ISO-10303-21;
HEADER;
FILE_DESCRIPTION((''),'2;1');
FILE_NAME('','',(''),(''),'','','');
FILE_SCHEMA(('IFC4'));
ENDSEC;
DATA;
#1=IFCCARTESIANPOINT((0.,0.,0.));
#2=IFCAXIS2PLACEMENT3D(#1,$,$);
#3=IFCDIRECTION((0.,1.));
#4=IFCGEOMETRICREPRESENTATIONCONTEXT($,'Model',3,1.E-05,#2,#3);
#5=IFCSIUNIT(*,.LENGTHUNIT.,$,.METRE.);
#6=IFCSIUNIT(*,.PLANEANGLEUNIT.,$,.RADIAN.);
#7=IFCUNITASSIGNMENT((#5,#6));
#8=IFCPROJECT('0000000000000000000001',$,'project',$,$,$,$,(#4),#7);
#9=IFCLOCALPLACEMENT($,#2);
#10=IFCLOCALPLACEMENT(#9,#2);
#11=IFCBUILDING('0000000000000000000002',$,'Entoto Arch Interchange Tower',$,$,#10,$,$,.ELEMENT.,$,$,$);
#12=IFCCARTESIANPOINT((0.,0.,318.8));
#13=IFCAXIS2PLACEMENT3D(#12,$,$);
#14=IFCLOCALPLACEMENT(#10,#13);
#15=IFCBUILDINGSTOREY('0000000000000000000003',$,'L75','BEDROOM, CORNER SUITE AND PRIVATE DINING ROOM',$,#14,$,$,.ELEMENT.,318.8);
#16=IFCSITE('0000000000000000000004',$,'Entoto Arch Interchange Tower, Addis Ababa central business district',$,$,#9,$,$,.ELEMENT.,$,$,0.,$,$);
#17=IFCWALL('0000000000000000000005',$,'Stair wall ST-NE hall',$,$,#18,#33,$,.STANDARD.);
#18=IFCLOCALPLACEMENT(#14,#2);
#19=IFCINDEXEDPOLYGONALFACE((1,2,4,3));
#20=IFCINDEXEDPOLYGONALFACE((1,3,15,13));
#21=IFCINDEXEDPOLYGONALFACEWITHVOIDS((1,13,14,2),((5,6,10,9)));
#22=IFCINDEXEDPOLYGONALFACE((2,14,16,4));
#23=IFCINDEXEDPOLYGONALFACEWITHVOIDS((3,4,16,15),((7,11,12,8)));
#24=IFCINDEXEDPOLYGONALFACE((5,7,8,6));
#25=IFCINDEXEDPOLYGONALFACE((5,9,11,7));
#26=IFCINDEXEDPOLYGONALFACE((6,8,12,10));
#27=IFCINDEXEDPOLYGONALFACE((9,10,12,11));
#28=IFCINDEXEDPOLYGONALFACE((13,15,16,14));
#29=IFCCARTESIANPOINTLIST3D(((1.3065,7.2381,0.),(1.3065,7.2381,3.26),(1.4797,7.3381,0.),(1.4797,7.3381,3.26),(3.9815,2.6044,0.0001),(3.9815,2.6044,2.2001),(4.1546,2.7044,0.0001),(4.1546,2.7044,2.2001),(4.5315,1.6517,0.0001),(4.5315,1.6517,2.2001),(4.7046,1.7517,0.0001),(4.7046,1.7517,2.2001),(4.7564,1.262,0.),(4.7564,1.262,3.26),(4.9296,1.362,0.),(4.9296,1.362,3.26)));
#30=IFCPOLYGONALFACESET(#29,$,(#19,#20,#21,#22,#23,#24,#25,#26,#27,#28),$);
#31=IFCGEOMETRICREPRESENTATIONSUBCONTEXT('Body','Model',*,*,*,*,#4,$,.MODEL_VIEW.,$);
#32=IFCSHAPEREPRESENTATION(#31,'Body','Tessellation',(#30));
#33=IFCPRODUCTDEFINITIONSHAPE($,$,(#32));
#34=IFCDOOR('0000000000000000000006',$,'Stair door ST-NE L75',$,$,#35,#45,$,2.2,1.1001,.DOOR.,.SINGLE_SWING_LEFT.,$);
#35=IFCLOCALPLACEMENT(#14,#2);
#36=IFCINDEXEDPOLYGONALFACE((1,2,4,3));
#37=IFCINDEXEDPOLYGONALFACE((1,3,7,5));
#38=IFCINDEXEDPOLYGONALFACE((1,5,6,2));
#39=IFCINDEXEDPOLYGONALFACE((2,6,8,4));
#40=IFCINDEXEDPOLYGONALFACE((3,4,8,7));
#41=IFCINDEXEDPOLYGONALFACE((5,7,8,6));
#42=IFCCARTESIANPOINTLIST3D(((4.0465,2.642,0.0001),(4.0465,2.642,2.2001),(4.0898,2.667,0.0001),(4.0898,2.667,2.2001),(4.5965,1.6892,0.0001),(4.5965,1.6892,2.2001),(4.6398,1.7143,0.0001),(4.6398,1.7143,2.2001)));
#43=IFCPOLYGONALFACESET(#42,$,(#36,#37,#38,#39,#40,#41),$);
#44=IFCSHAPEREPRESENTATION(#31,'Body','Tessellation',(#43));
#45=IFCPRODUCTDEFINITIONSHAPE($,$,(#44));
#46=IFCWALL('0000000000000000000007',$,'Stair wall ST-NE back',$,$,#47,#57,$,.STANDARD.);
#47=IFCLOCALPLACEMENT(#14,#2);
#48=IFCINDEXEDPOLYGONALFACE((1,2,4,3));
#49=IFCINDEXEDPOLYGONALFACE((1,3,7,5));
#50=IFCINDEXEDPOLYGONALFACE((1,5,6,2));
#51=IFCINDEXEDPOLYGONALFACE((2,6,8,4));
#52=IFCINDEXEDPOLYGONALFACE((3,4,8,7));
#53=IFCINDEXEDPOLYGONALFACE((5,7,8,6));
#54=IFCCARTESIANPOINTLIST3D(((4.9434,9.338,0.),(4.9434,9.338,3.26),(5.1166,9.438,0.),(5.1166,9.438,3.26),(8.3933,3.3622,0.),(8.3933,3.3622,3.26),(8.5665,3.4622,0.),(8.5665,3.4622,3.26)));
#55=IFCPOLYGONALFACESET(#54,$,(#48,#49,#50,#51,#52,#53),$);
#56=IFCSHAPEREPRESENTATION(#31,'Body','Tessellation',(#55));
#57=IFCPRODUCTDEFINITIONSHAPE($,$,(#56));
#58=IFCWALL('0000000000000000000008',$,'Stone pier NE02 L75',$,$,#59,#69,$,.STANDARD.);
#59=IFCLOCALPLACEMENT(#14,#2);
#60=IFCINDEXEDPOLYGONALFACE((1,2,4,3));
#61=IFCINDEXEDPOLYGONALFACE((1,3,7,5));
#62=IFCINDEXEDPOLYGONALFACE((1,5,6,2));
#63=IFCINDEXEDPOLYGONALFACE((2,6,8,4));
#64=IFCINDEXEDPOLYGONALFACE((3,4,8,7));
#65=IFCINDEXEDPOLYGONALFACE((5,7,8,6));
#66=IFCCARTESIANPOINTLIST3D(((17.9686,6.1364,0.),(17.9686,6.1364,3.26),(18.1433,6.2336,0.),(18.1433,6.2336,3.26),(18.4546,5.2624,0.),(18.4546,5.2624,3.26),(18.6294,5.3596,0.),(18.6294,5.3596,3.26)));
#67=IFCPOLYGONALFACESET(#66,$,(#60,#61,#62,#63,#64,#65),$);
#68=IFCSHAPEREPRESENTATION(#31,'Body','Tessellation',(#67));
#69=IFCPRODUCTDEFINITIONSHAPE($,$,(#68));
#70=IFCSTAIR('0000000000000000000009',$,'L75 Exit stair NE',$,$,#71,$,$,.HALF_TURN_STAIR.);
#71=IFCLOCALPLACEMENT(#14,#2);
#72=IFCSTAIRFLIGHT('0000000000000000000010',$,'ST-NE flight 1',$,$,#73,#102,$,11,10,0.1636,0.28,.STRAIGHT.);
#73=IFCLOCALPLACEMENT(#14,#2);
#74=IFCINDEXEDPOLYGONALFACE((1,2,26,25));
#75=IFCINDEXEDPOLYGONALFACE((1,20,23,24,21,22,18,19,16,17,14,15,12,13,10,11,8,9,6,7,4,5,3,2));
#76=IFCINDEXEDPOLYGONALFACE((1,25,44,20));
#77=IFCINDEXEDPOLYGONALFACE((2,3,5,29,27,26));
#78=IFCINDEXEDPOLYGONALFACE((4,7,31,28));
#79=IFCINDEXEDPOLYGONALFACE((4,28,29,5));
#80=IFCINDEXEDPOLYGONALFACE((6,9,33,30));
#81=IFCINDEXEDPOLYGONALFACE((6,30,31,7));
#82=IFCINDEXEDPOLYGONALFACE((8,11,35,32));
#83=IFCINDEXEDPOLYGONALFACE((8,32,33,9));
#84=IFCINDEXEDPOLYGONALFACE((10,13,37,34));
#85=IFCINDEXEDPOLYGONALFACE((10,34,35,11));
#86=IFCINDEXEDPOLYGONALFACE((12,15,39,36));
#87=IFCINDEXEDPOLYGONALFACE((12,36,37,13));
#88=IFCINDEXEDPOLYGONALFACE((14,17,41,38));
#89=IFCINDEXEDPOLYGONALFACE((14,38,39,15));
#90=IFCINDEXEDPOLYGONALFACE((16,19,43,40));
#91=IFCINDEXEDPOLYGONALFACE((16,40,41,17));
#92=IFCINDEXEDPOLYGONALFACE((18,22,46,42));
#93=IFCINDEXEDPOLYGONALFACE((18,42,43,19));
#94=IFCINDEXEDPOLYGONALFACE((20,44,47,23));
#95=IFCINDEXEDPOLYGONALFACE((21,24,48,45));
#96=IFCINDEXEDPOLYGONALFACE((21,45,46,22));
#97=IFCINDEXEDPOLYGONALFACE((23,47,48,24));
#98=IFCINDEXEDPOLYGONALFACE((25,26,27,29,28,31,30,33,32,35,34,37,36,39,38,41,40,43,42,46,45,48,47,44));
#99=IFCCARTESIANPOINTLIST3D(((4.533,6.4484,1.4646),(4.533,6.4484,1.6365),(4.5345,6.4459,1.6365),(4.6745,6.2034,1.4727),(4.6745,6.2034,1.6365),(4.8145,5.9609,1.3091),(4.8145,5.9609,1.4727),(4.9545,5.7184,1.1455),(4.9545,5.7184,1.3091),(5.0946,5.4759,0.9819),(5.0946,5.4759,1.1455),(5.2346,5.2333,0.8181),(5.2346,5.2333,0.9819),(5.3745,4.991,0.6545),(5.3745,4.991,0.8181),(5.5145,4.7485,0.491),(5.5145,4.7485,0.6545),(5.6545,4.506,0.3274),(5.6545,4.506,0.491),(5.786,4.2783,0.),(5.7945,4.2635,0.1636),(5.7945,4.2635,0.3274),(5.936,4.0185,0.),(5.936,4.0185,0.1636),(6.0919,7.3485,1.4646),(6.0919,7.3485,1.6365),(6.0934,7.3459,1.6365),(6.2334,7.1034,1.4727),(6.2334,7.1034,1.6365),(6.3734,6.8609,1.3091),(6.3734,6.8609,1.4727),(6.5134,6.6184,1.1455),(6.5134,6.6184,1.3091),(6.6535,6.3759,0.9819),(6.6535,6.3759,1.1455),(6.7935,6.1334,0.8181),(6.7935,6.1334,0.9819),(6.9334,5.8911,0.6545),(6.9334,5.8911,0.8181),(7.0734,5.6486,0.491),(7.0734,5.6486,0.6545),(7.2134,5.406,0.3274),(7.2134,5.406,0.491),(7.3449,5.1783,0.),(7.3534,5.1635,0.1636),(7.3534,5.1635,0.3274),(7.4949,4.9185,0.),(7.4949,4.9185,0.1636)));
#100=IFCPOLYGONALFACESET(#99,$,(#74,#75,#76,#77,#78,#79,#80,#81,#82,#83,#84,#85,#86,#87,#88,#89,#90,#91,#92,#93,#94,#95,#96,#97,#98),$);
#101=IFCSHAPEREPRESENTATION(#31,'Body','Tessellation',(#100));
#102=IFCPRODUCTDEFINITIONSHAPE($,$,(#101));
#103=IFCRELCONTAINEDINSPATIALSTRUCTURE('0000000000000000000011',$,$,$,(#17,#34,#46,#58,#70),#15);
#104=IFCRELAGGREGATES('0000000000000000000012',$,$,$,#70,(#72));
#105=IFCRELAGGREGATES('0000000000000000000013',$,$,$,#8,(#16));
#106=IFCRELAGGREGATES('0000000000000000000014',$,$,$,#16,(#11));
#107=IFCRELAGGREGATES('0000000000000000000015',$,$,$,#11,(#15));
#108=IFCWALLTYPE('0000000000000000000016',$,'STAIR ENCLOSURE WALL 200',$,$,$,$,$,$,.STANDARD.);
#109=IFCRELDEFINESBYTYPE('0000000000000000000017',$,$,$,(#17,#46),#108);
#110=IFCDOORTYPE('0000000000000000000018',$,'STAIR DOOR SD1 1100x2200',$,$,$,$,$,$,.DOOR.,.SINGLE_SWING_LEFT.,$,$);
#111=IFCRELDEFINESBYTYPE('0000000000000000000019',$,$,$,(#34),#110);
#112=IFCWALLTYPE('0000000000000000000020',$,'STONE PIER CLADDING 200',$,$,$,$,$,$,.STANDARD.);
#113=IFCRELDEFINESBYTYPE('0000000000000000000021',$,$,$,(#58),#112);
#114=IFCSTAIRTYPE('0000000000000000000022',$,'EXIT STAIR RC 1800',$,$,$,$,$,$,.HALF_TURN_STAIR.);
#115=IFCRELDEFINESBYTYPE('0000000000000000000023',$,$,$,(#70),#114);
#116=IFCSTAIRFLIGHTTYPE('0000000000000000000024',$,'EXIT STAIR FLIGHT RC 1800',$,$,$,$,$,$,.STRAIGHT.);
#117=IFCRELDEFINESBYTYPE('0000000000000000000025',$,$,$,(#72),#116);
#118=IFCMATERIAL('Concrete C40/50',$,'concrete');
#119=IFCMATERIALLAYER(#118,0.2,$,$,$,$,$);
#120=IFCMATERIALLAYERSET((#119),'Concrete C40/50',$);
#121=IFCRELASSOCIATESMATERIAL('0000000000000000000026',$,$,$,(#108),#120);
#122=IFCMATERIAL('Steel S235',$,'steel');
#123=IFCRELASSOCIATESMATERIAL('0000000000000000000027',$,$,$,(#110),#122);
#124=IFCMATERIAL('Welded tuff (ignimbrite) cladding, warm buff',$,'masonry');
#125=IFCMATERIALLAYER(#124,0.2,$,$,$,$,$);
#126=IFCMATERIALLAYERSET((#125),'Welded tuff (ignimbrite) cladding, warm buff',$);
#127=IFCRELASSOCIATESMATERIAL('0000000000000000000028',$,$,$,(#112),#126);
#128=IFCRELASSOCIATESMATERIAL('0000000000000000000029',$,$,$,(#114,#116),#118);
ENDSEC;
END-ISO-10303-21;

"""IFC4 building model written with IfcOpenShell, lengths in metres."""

from ifc_helpers import new_model, si_unit, direction, frame, frame_2d, origin, place, context, subcontext, project, spatial, polyline, rectangle, outline, extrude, material, layer, layer_set, type_object, element, fill, aggregate, save


model = new_model("IFC4")

# Units and contexts
model_context = context("Model", 3, precision=1e-05, world=origin(), true_north=direction((0.0, 1.0)))
body_context = subcontext(model_context, "Body", "Model", "MODEL_VIEW")
ifc_project = project(units=[si_unit("LENGTHUNIT", "METRE"), si_unit("PLANEANGLEUNIT", "RADIAN")], contexts=[model_context])

# Site, building, storey
site_placement = place(None, origin())
site = spatial("IfcSite", under=ifc_project, at=site_placement, Name="Entoto Arch Interchange Tower, Addis Ababa central business district", CompositionType="ELEMENT", RefElevation=0.0)
building_placement = place(site_placement, origin())
building = spatial("IfcBuilding", under=site, at=building_placement, Name="Entoto Arch Interchange Tower", CompositionType="ELEMENT")
storey_placement = place(building_placement, frame((0.0, 0.0, 318.8)))
storey = spatial("IfcBuildingStorey", under=building, at=storey_placement, Name="L75", Description="BEDROOM, CORNER SUITE AND PRIVATE DINING ROOM", CompositionType="ELEMENT", Elevation=318.8)

# Shared definitions
ifc_material_1 = material(Name="Concrete C40/50", Category="concrete")

# Wall, opening, door
ifc_layer_1 = layer(ifc_material_1, 0.2)
ifc_layer_set_1 = layer_set([ifc_layer_1], Name="Concrete C40/50")
wall_type_1 = type_object("IfcWallType", Name="STAIR ENCLOSURE WALL 200", PredefinedType="STANDARD", material=ifc_layer_set_1)
ifc_material_2 = material(Name="Steel S235", Category="steel")
door_type_1 = type_object("IfcDoorType", Name="STAIR DOOR SD1 1100x2200", OperationType="SINGLE_SWING_LEFT", PredefinedType="DOOR", material=ifc_material_2)
wall_1_placement = place(storey_placement, frame((4.843, 1.312, 0.0), z_axis=(0.0, 0.0, 1.0), x_axis=(-0.499963, 0.866047, 0.0)))
wall_1 = element("IfcWall", 1, at=wall_1_placement, inside=storey, type_object=wall_type_1, Name="Stair wall ST-NE hall", PredefinedType="STANDARD", context=body_context, shape_type="SweptSolid", body=[
    extrude(rectangle(XDim=6.9004, YDim=0.2, at=frame_2d((3.4502, 0.0))), origin(), (0.0, 0.0, 1.0), 3.26),
])
opening_1_placement = place(wall_1_placement, frame((0.45, 0.0, 0.0)))
opening_1 = element("IfcOpeningElement", 2, at=opening_1_placement, cuts=wall_1, PredefinedType="OPENING", context=body_context, shape_type="SweptSolid", body=[
    extrude(rectangle(XDim=1.1001, YDim=2.2, at=frame_2d((0.55, 1.1001))), frame((0.0, 0.1099, 0.0), z_axis=(0.0, -1.0, 0.0), x_axis=(1.0, 0.0, 0.0)), (0.0, 0.0, 1.0), 0.22),
])
door_1_placement = place(opening_1_placement, origin())
door_1 = element("IfcDoor", 3, at=door_1_placement, inside=storey, type_object=door_type_1, Name="Stair door ST-NE L75", OperationType="SINGLE_SWING_LEFT", OverallHeight=2.2, OverallWidth=1.1001, PredefinedType="DOOR", context=body_context, shape_type="SweptSolid", body=[
    extrude(rectangle(XDim=1.1001, YDim=2.2, at=frame_2d((0.55, 1.1001))), frame((0.0, 0.0249, 0.0), z_axis=(0.0, -1.0, 0.0), x_axis=(1.0, 0.0, 0.0)), (0.0, 0.0, 1.0), 0.05),
])
fill(opening_1, door_1)

# Wall
wall_2_placement = place(storey_placement, frame((8.48, 3.4121, 0.0), z_axis=(0.0, 0.0, 1.0), x_axis=(-0.499979, 0.866038, 0.0)))
element("IfcWall", 4, at=wall_2_placement, inside=storey, type_object=wall_type_1, Name="Stair wall ST-NE back", PredefinedType="STANDARD", context=body_context, shape_type="SweptSolid", body=[
    extrude(rectangle(XDim=6.9001, YDim=0.2, at=frame_2d((3.4502, 0.0))), origin(), (0.0, 0.0, 1.0), 3.26),
])

# Shared definitions
ifc_material_3 = material(Name="Welded tuff (ignimbrite) cladding, warm buff", Category="masonry")

# Wall
ifc_layer_2 = layer(ifc_material_3, 0.2)
ifc_layer_set_2 = layer_set([ifc_layer_2], Name="Welded tuff (ignimbrite) cladding, warm buff")
wall_type_2 = type_object("IfcWallType", Name="STONE PIER CLADDING 200", PredefinedType="STANDARD", material=ifc_layer_set_2)
wall_3_placement = place(storey_placement, frame((18.542, 5.311, 0.0), z_axis=(0.0, 0.0, 1.0), x_axis=(-0.486037, 0.873938, 0.0)))
element("IfcWall", 5, at=wall_3_placement, inside=storey, type_object=wall_type_2, Name="Stone pier NE02 L75", PredefinedType="STANDARD", context=body_context, shape_type="SweptSolid", body=[
    extrude(rectangle(XDim=1.0, YDim=0.2, at=frame_2d((0.5, 0.0))), origin(), (0.0, 0.0, 1.0), 3.26),
])

# Stair, stair flight
stair_type = type_object("IfcStairType", Name="EXIT STAIR RC 1800", PredefinedType="HALF_TURN_STAIR", material=ifc_material_1)
stair_placement = place(storey_placement, origin())
stair = element("IfcStair", 6, at=stair_placement, inside=storey, type_object=stair_type, Name="L75 Exit stair NE", PredefinedType="HALF_TURN_STAIR")
stair_flight_type = type_object("IfcStairFlightType", Name="EXIT STAIR FLIGHT RC 1800", PredefinedType="STRAIGHT", material=ifc_material_1)
stair_flight_placement = place(storey_placement, frame((6.7139, 4.4709, 0.0), z_axis=(0.0, 0.0, 1.0), x_axis=(-0.5, 0.866025, 0.0)))
stair_flight = element("IfcStairFlight", 7, at=stair_flight_placement, type_object=stair_flight_type, Name="ST-NE flight 1", NumberOfRisers=11, NumberOfTreads=10, PredefinedType="STRAIGHT", RiserHeight=0.1636, TreadLength=0.28, context=body_context, shape_type="SweptSolid", body=[
    extrude(outline(polyline([(-0.0029, 0.0), (-0.0029, 0.1636), (0.28, 0.1636), (0.28, 0.3274), (0.5601, 0.3274), (0.5601, 0.491), (0.8401, 0.491), (0.8401, 0.6545), (1.1201, 0.6545), (1.1201, 0.8181), (1.3999, 0.8181), (1.3999, 0.9819), (1.6799, 0.9819), (1.6799, 1.1455), (1.96, 1.1455), (1.96, 1.3091), (2.24, 1.3091), (2.24, 1.4727), (2.52, 1.4727), (2.52, 1.6365), (2.8, 1.6365), (2.803, 1.6365), (2.803, 1.4646), (0.2971, 0.0), (-0.0029, 0.0)])), frame((0.0, 0.8999, 0.0), z_axis=(0.0, -1.0, 0.0), x_axis=(1.0, 0.0, 0.0)), (0.0, 0.0, 1.0), 1.8),
])
aggregate(stair, [stair_flight])

save(model, "model.ifc")
